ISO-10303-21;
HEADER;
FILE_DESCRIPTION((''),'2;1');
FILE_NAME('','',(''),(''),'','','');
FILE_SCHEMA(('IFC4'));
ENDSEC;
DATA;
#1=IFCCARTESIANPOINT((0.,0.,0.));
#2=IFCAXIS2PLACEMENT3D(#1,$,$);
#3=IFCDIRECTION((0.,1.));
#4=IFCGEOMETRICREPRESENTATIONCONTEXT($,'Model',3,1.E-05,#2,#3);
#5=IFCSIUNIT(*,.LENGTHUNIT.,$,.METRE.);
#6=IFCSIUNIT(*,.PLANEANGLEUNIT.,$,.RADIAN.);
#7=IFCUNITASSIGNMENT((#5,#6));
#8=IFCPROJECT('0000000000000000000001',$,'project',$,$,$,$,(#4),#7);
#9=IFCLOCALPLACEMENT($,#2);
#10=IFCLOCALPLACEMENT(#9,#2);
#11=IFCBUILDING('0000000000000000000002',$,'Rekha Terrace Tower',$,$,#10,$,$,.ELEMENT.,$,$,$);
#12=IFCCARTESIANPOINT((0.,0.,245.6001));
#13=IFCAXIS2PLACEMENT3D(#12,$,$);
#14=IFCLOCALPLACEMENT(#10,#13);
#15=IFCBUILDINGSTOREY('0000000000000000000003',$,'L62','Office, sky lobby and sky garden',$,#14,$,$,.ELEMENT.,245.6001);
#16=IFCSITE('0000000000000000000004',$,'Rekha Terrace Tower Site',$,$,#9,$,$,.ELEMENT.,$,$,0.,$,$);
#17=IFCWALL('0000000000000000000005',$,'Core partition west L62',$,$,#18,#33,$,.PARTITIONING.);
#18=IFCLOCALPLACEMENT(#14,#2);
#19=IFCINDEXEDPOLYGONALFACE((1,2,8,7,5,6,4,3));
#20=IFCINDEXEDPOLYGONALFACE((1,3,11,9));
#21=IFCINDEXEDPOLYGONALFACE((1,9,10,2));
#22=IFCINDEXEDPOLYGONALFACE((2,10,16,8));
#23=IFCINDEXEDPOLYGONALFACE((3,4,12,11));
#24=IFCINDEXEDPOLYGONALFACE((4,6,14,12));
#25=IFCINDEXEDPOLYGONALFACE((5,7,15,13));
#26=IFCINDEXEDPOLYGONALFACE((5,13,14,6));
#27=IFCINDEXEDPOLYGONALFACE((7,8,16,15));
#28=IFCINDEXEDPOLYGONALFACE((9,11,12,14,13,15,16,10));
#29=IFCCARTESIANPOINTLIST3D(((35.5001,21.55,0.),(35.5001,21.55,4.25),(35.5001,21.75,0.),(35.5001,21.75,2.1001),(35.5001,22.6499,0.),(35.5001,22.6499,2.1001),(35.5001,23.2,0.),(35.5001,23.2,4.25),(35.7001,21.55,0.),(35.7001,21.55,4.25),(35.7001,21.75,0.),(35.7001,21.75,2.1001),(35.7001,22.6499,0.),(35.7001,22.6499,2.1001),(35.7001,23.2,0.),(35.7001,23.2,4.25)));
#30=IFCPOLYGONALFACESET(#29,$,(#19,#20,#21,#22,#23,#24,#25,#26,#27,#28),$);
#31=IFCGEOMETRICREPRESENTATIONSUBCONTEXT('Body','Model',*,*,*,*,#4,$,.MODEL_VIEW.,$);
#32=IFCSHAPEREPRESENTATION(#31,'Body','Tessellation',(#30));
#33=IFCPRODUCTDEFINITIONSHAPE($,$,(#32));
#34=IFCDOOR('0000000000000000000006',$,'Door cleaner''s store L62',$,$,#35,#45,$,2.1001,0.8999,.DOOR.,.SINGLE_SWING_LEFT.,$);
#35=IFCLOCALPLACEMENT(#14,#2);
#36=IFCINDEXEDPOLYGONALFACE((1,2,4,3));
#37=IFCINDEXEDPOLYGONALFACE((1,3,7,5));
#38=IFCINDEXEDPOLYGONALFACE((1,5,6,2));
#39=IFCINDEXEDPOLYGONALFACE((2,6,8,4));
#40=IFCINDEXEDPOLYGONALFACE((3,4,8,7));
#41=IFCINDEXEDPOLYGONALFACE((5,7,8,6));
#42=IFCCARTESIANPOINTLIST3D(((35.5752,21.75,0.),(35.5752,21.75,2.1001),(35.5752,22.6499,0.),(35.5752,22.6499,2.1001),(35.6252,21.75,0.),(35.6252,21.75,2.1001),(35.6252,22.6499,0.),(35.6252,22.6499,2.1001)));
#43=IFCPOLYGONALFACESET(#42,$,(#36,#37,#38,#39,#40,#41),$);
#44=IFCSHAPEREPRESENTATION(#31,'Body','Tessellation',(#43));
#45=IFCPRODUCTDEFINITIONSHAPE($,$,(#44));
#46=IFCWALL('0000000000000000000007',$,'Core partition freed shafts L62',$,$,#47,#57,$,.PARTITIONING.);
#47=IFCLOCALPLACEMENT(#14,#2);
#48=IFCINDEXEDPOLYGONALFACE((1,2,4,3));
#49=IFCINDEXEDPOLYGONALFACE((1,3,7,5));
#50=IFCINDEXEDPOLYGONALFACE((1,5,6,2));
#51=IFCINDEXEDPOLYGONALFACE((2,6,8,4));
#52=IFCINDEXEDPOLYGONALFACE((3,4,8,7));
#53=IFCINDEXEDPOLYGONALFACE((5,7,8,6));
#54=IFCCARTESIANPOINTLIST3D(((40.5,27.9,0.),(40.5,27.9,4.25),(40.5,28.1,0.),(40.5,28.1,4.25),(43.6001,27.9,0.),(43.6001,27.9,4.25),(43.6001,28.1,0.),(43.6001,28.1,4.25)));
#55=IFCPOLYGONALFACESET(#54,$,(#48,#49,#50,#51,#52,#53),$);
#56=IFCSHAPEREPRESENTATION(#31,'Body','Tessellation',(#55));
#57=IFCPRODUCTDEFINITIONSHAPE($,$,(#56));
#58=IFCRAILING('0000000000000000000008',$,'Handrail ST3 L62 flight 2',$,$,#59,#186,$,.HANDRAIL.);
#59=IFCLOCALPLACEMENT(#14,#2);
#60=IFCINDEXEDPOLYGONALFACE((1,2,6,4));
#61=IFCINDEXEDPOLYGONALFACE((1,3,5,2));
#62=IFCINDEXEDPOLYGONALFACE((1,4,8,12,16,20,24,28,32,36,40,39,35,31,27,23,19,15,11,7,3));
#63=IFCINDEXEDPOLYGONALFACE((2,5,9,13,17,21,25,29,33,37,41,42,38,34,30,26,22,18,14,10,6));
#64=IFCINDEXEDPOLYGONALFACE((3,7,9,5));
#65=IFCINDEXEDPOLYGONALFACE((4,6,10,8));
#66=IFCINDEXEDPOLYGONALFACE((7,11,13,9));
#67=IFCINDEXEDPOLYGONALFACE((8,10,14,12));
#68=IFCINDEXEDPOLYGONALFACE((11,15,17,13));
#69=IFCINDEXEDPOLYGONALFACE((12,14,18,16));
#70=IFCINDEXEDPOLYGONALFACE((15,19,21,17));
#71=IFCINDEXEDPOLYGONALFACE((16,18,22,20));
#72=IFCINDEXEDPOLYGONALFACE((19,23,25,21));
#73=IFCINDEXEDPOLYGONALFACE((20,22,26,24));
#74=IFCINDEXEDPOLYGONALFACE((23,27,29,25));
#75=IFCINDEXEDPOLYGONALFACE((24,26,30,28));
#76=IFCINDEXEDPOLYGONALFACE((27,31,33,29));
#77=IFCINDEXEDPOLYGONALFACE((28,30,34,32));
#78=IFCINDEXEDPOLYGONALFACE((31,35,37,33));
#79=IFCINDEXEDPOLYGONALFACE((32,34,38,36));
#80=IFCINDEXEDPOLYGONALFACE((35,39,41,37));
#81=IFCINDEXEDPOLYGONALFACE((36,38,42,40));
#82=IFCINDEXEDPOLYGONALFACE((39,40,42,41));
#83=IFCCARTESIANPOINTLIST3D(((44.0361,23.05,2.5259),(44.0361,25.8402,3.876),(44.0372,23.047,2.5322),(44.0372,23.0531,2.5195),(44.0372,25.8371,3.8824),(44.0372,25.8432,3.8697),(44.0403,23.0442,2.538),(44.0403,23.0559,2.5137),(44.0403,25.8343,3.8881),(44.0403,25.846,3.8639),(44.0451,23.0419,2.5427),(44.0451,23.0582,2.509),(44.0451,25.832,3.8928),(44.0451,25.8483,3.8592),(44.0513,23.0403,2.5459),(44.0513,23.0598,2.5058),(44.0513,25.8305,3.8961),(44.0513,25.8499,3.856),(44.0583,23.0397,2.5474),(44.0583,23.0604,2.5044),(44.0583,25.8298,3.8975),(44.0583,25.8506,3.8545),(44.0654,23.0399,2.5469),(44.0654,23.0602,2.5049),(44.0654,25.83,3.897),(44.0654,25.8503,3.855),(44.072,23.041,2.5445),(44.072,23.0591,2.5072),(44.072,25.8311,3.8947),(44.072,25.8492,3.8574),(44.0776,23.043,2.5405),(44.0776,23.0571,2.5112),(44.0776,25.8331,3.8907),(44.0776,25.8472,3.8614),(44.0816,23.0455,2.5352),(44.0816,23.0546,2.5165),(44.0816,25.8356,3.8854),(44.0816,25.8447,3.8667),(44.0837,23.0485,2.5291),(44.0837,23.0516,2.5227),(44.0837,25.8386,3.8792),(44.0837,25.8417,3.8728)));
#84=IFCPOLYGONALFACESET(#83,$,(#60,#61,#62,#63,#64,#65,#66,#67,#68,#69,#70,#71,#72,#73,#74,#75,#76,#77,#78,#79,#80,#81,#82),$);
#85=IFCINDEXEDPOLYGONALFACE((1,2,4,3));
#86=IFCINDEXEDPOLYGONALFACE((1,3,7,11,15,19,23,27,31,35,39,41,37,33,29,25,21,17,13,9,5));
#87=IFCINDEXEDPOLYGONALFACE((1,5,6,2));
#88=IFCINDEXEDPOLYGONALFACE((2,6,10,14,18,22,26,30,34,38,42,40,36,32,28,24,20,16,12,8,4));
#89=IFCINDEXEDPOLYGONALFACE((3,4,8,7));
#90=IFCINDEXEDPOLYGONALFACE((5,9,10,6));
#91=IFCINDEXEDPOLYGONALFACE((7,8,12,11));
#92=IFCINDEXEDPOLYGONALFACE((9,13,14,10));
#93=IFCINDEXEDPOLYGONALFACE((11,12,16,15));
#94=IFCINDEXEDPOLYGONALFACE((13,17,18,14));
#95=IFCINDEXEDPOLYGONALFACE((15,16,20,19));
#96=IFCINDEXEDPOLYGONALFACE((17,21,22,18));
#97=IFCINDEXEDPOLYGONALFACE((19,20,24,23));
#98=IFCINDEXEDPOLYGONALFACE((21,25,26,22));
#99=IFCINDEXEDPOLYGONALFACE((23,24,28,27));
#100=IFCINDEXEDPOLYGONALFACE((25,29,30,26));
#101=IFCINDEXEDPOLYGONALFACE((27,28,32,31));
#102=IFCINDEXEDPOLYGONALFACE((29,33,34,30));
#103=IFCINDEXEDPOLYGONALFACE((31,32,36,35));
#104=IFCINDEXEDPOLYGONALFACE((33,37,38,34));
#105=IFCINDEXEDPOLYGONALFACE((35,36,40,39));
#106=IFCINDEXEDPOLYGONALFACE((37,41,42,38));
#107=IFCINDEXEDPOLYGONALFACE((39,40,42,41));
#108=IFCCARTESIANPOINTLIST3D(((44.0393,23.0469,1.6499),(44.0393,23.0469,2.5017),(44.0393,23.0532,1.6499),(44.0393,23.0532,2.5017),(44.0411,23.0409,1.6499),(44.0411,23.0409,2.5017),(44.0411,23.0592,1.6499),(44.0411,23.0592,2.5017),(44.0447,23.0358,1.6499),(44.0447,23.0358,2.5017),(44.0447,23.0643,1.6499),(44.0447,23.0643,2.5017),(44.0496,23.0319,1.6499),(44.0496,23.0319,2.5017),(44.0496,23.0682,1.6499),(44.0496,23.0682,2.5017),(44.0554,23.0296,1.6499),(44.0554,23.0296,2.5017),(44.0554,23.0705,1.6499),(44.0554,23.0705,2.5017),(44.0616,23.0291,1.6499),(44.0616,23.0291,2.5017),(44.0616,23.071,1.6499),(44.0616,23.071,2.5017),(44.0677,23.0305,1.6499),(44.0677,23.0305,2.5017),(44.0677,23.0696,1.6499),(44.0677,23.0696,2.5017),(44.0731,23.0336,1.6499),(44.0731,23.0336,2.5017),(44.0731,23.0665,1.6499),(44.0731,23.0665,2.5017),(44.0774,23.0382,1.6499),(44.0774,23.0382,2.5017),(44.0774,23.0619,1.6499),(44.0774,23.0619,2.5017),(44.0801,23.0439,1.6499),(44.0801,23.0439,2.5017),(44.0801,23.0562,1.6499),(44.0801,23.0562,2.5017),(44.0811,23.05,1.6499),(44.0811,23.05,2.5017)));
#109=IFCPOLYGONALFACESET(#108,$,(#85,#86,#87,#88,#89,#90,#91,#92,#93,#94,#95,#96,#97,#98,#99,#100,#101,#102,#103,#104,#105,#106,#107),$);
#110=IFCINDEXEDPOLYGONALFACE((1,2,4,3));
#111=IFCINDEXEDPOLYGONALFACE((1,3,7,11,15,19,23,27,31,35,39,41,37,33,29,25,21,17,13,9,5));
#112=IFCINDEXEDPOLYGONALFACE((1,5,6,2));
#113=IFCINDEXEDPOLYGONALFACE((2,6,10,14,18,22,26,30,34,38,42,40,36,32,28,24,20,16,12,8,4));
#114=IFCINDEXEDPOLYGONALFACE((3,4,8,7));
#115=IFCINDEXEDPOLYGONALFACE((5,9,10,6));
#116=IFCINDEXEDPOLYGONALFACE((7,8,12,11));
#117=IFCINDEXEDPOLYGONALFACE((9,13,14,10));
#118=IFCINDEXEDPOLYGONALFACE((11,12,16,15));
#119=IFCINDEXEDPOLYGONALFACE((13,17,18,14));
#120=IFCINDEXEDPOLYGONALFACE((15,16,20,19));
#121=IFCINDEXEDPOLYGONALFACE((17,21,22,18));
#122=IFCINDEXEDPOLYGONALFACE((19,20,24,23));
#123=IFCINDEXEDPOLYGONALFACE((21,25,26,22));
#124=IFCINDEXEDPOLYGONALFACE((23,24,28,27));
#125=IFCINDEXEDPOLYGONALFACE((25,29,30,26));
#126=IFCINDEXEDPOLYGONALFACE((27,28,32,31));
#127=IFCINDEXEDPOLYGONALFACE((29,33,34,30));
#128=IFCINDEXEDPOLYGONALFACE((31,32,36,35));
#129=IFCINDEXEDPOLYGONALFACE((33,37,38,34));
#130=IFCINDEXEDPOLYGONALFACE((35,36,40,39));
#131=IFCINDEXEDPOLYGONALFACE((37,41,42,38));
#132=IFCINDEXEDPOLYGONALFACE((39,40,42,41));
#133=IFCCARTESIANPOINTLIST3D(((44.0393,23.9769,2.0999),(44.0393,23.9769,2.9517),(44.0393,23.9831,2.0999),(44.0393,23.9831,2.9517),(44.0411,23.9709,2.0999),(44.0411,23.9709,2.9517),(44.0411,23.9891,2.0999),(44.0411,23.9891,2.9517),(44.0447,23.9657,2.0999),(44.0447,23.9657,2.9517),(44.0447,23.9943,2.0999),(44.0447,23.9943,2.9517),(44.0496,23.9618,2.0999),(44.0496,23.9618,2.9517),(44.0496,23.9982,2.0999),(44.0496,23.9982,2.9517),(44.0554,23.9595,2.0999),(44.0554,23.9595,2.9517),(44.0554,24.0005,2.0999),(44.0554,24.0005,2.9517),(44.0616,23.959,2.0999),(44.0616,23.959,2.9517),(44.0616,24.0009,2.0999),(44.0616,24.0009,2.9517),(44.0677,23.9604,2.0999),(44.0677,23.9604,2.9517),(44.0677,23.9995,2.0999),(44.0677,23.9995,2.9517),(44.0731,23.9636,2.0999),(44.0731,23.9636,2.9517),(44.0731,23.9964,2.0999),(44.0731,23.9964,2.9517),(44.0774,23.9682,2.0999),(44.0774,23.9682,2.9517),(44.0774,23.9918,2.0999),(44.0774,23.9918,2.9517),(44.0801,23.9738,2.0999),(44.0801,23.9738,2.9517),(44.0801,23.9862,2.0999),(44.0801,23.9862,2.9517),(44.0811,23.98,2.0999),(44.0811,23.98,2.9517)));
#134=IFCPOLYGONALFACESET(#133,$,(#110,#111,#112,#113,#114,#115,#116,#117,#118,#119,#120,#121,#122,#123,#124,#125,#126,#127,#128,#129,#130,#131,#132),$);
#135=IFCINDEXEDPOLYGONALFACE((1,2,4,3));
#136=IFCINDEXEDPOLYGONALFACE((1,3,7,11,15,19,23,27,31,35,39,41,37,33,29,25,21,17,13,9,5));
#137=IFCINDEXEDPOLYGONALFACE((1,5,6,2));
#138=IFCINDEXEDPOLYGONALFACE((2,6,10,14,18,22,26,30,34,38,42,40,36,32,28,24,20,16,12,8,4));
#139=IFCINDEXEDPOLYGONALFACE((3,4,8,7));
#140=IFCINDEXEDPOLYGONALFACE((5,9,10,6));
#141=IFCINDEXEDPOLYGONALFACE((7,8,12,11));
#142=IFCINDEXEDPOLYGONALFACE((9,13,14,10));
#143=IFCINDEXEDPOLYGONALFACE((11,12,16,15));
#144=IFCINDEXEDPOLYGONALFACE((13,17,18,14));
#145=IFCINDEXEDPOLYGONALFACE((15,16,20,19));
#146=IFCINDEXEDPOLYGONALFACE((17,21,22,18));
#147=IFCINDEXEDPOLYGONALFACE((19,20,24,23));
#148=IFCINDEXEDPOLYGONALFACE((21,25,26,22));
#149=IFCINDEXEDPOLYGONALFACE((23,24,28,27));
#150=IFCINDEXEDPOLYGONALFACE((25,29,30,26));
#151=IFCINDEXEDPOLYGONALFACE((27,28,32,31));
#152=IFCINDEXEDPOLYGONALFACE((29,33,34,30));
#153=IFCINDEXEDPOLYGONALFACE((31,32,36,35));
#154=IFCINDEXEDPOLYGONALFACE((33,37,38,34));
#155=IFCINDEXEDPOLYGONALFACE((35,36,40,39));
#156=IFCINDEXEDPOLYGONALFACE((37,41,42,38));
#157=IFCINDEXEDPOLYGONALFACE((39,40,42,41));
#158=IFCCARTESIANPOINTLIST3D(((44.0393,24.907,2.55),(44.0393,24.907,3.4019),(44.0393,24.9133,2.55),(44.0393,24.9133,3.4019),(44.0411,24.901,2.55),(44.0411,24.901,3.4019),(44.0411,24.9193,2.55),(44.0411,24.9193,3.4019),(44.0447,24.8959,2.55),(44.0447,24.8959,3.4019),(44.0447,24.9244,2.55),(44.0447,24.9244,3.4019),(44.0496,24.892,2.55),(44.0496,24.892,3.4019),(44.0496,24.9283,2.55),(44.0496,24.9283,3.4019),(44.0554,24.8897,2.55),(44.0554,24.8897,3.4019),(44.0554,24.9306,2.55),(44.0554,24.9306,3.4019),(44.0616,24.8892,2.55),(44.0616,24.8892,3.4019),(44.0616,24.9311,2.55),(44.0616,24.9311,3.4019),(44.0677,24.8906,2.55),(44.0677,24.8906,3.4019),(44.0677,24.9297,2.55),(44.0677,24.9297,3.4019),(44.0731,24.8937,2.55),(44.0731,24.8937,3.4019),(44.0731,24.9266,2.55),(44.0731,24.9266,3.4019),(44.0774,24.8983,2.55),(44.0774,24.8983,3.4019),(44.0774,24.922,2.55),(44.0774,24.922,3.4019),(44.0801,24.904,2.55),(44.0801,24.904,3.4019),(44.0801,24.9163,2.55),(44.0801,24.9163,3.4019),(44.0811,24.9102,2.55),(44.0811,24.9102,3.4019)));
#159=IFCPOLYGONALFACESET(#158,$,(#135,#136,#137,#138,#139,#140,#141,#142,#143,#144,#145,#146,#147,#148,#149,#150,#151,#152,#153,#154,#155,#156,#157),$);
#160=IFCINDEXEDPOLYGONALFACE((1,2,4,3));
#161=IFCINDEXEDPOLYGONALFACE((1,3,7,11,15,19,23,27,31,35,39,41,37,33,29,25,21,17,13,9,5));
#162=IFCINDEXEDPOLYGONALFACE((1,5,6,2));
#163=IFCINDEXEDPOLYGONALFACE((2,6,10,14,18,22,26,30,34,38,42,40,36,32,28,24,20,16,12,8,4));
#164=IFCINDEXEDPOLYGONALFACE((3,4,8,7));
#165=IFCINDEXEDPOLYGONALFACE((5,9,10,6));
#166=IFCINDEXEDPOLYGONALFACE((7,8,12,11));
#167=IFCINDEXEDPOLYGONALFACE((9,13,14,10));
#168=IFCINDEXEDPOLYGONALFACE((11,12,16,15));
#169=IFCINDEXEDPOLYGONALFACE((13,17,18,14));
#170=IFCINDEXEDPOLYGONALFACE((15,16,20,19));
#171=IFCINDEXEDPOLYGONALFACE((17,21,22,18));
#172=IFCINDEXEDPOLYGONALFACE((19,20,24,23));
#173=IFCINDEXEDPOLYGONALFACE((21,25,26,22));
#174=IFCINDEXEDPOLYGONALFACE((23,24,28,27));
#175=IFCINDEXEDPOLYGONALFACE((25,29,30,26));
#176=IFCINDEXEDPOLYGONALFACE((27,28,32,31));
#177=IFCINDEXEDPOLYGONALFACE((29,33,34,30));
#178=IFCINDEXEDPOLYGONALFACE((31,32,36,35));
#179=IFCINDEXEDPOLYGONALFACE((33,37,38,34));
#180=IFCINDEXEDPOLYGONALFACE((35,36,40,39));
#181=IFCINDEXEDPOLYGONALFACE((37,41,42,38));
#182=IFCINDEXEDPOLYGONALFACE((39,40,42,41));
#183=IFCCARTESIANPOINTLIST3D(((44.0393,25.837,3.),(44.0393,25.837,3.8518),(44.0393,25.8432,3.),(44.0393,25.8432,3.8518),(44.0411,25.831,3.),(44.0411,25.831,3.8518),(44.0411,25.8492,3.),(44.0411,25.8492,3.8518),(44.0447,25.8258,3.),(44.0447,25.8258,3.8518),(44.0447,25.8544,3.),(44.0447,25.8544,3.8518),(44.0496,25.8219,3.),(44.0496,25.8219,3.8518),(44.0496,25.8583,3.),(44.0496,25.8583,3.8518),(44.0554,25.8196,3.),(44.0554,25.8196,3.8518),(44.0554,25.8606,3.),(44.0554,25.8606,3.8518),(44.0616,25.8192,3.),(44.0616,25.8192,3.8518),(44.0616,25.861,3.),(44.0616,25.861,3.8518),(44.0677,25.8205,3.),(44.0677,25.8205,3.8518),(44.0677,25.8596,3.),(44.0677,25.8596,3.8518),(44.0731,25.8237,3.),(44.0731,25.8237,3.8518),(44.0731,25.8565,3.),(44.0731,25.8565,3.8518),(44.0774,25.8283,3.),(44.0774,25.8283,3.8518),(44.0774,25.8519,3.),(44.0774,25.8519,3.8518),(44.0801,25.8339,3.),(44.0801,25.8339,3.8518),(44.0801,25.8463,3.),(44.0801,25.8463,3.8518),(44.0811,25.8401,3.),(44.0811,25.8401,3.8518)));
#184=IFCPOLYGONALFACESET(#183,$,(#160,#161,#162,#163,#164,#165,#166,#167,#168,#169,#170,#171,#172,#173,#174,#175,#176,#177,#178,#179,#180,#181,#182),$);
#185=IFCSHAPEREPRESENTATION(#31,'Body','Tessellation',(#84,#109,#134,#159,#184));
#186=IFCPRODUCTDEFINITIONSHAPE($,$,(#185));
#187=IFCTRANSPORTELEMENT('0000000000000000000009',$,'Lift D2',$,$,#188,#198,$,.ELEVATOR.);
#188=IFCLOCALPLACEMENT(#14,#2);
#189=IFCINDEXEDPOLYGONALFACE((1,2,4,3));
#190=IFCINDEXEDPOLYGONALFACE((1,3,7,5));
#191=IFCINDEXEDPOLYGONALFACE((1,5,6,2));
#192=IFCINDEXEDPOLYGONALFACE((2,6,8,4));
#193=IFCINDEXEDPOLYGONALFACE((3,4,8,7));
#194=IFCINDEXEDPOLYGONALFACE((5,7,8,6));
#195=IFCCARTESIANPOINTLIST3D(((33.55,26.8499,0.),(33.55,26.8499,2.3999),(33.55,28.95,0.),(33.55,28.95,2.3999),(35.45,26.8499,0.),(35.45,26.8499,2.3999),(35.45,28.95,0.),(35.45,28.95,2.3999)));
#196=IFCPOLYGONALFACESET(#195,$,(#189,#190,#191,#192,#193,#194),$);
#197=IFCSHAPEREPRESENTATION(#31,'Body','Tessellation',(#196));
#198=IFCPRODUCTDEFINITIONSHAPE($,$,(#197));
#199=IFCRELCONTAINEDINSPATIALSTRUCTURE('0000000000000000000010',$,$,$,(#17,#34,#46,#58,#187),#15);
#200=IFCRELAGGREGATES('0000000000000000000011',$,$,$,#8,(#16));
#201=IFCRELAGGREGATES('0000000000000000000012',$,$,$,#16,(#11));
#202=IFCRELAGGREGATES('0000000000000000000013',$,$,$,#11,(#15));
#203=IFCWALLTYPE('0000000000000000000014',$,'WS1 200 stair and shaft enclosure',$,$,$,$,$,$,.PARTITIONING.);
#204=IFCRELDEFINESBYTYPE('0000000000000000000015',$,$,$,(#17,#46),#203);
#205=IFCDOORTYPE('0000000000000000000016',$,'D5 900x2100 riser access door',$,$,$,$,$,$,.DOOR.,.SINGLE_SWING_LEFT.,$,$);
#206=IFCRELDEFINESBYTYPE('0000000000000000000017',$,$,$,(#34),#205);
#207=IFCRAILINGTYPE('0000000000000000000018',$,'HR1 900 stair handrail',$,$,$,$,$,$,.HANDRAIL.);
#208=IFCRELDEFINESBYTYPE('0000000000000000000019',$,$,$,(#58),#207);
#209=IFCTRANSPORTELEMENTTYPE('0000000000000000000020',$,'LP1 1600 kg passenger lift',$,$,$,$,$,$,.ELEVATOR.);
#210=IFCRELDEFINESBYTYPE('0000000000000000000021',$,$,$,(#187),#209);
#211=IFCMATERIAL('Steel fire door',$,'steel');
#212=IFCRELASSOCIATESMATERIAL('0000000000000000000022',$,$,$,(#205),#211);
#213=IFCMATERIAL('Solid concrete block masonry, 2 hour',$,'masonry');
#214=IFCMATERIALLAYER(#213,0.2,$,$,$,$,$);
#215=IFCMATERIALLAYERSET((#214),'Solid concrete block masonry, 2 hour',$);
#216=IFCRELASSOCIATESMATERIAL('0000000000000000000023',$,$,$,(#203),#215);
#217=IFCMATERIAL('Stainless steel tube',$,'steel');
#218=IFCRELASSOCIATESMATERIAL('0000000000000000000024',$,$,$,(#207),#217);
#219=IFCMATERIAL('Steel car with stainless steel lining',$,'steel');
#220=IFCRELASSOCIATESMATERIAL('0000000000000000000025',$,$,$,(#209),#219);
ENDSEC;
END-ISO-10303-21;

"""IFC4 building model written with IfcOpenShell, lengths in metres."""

from ifc_helpers import new_model, si_unit, direction, frame, frame_2d, origin, origin_2d, place, context, subcontext, project, spatial, rectangle, circle, extrude, material, layer, layer_set, type_object, element, fill, save


model = new_model("IFC4")

# Units and contexts
model_context = context("Model", 3, precision=1e-05, world=origin(), true_north=direction((0.0, 1.0)))
body_context = subcontext(model_context, "Body", "Model", "MODEL_VIEW")
ifc_project = project(units=[si_unit("LENGTHUNIT", "METRE"), si_unit("PLANEANGLEUNIT", "RADIAN")], contexts=[model_context])

# Site, building, storey
site_placement = place(None, origin())
site = spatial("IfcSite", under=ifc_project, at=site_placement, Name="Rekha Terrace Tower Site", CompositionType="ELEMENT", RefElevation=0.0)
building_placement = place(site_placement, origin())
building = spatial("IfcBuilding", under=site, at=building_placement, Name="Rekha Terrace Tower", CompositionType="ELEMENT")
storey_placement = place(building_placement, frame((0.0, 0.0, 245.6001)))
storey = spatial("IfcBuildingStorey", under=building, at=storey_placement, Name="L62", Description="Office, sky lobby and sky garden", CompositionType="ELEMENT", Elevation=245.6001)

# Shared definitions
ifc_material_1 = material(Name="Steel fire door", Category="steel")
door_type_1 = type_object("IfcDoorType", Name="D5 900x2100 riser access door", OperationType="SINGLE_SWING_LEFT", PredefinedType="DOOR", material=ifc_material_1)

# Wall, opening, door
ifc_material_2 = material(Name="Solid concrete block masonry, 2 hour", Category="masonry")
ifc_layer_1 = layer(ifc_material_2, 0.2)
ifc_layer_set_1 = layer_set([ifc_layer_1], Name="Solid concrete block masonry, 2 hour")
wall_type_1 = type_object("IfcWallType", Name="WS1 200 stair and shaft enclosure", PredefinedType="PARTITIONING", material=ifc_layer_set_1)
wall_1_placement = place(storey_placement, frame((35.6001, 21.55, 0.0), z_axis=(0.0, 0.0, 1.0), x_axis=(0.0, 1.0, 0.0)))
wall_1 = element("IfcWall", 1, at=wall_1_placement, inside=storey, type_object=wall_type_1, Name="Core partition west L62", PredefinedType="PARTITIONING", context=body_context, shape_type="SweptSolid", body=[
    extrude(rectangle(XDim=1.6499, YDim=0.2, at=frame_2d((0.825, 0.0))), origin(), (0.0, 0.0, 1.0), 4.25),
])
opening_1_placement = place(wall_1_placement, frame((0.2, 0.0, 0.0)))
opening_1 = element("IfcOpeningElement", 2, at=opening_1_placement, cuts=wall_1, PredefinedType="OPENING", context=body_context, shape_type="SweptSolid", body=[
    extrude(rectangle(XDim=0.8999, YDim=2.1001, at=frame_2d((0.45, 1.05))), frame((0.0, 0.1099, 0.0), z_axis=(0.0, -1.0, 0.0), x_axis=(1.0, 0.0, 0.0)), (0.0, 0.0, 1.0), 0.22),
])
door_1_placement = place(opening_1_placement, origin())
door_1 = element("IfcDoor", 3, at=door_1_placement, inside=storey, type_object=door_type_1, Name="Door cleaner's store L62", OperationType="SINGLE_SWING_LEFT", OverallHeight=2.1001, OverallWidth=0.8999, PredefinedType="DOOR", context=body_context, shape_type="SweptSolid", body=[
    extrude(rectangle(XDim=0.8999, YDim=2.1001, at=frame_2d((0.45, 1.05))), frame((0.0, 0.0249, 0.0), z_axis=(0.0, -1.0, 0.0), x_axis=(1.0, 0.0, 0.0)), (0.0, 0.0, 1.0), 0.05),
])
fill(opening_1, door_1)

# Wall
wall_2_placement = place(storey_placement, frame((40.5, 28.0, 0.0), z_axis=(0.0, 0.0, 1.0), x_axis=(1.0, 0.0, 0.0)))
element("IfcWall", 4, at=wall_2_placement, inside=storey, type_object=wall_type_1, Name="Core partition freed shafts L62", PredefinedType="PARTITIONING", context=body_context, shape_type="SweptSolid", body=[
    extrude(rectangle(XDim=3.1001, YDim=0.2, at=frame_2d((1.55, 0.0))), origin(), (0.0, 0.0, 1.0), 4.25),
])

# Railing
ifc_material_3 = material(Name="Stainless steel tube", Category="steel")
railing_type = type_object("IfcRailingType", Name="HR1 900 stair handrail", PredefinedType="HANDRAIL", material=ifc_material_3)
railing_placement = place(storey_placement, frame((44.0601, 23.05, 1.6499)))
element("IfcRailing", 5, at=railing_placement, inside=storey, type_object=railing_type, Name="Handrail ST3 L62 flight 2", PredefinedType="HANDRAIL", context=body_context, shape_type="SweptSolid", body=[
    extrude(circle(Radius=0.0239, at=origin_2d()), frame((0.0, 0.0, 0.876), z_axis=(0.0, 0.900149, 0.435582), x_axis=(-1.0, 0.0, 0.0)), (0.0, 0.0, 1.0), 3.0996),
    extrude(circle(Radius=0.021, at=origin_2d()), origin(), (0.0, 0.0, 1.0), 0.8518),
    extrude(circle(Radius=0.021, at=origin_2d()), frame((0.0, 0.9299, 0.45)), (0.0, 0.0, 1.0), 0.8518),
    extrude(circle(Radius=0.021, at=origin_2d()), frame((0.0, 1.8601, 0.9001)), (0.0, 0.0, 1.0), 0.8518),
    extrude(circle(Radius=0.021, at=origin_2d()), frame((0.0, 2.79, 1.3501)), (0.0, 0.0, 1.0), 0.8518),
])

# Transport element
ifc_material_4 = material(Name="Steel car with stainless steel lining", Category="steel")
transport_element_type = type_object("IfcTransportElementType", Name="LP1 1600 kg passenger lift", PredefinedType="ELEVATOR", material=ifc_material_4)
transport_element_placement = place(storey_placement, frame((34.5, 27.8999, 0.0), z_axis=(0.0, 0.0, 1.0), x_axis=(1.0, 0.0, 0.0)))
element("IfcTransportElement", 6, at=transport_element_placement, inside=storey, type_object=transport_element_type, Name="Lift D2", PredefinedType="ELEVATOR", context=body_context, shape_type="SweptSolid", body=[
    extrude(rectangle(XDim=1.8999, YDim=2.1001, at=origin_2d()), origin(), (0.0, 0.0, 1.0), 2.3999),
])

save(model, "model.ifc")
